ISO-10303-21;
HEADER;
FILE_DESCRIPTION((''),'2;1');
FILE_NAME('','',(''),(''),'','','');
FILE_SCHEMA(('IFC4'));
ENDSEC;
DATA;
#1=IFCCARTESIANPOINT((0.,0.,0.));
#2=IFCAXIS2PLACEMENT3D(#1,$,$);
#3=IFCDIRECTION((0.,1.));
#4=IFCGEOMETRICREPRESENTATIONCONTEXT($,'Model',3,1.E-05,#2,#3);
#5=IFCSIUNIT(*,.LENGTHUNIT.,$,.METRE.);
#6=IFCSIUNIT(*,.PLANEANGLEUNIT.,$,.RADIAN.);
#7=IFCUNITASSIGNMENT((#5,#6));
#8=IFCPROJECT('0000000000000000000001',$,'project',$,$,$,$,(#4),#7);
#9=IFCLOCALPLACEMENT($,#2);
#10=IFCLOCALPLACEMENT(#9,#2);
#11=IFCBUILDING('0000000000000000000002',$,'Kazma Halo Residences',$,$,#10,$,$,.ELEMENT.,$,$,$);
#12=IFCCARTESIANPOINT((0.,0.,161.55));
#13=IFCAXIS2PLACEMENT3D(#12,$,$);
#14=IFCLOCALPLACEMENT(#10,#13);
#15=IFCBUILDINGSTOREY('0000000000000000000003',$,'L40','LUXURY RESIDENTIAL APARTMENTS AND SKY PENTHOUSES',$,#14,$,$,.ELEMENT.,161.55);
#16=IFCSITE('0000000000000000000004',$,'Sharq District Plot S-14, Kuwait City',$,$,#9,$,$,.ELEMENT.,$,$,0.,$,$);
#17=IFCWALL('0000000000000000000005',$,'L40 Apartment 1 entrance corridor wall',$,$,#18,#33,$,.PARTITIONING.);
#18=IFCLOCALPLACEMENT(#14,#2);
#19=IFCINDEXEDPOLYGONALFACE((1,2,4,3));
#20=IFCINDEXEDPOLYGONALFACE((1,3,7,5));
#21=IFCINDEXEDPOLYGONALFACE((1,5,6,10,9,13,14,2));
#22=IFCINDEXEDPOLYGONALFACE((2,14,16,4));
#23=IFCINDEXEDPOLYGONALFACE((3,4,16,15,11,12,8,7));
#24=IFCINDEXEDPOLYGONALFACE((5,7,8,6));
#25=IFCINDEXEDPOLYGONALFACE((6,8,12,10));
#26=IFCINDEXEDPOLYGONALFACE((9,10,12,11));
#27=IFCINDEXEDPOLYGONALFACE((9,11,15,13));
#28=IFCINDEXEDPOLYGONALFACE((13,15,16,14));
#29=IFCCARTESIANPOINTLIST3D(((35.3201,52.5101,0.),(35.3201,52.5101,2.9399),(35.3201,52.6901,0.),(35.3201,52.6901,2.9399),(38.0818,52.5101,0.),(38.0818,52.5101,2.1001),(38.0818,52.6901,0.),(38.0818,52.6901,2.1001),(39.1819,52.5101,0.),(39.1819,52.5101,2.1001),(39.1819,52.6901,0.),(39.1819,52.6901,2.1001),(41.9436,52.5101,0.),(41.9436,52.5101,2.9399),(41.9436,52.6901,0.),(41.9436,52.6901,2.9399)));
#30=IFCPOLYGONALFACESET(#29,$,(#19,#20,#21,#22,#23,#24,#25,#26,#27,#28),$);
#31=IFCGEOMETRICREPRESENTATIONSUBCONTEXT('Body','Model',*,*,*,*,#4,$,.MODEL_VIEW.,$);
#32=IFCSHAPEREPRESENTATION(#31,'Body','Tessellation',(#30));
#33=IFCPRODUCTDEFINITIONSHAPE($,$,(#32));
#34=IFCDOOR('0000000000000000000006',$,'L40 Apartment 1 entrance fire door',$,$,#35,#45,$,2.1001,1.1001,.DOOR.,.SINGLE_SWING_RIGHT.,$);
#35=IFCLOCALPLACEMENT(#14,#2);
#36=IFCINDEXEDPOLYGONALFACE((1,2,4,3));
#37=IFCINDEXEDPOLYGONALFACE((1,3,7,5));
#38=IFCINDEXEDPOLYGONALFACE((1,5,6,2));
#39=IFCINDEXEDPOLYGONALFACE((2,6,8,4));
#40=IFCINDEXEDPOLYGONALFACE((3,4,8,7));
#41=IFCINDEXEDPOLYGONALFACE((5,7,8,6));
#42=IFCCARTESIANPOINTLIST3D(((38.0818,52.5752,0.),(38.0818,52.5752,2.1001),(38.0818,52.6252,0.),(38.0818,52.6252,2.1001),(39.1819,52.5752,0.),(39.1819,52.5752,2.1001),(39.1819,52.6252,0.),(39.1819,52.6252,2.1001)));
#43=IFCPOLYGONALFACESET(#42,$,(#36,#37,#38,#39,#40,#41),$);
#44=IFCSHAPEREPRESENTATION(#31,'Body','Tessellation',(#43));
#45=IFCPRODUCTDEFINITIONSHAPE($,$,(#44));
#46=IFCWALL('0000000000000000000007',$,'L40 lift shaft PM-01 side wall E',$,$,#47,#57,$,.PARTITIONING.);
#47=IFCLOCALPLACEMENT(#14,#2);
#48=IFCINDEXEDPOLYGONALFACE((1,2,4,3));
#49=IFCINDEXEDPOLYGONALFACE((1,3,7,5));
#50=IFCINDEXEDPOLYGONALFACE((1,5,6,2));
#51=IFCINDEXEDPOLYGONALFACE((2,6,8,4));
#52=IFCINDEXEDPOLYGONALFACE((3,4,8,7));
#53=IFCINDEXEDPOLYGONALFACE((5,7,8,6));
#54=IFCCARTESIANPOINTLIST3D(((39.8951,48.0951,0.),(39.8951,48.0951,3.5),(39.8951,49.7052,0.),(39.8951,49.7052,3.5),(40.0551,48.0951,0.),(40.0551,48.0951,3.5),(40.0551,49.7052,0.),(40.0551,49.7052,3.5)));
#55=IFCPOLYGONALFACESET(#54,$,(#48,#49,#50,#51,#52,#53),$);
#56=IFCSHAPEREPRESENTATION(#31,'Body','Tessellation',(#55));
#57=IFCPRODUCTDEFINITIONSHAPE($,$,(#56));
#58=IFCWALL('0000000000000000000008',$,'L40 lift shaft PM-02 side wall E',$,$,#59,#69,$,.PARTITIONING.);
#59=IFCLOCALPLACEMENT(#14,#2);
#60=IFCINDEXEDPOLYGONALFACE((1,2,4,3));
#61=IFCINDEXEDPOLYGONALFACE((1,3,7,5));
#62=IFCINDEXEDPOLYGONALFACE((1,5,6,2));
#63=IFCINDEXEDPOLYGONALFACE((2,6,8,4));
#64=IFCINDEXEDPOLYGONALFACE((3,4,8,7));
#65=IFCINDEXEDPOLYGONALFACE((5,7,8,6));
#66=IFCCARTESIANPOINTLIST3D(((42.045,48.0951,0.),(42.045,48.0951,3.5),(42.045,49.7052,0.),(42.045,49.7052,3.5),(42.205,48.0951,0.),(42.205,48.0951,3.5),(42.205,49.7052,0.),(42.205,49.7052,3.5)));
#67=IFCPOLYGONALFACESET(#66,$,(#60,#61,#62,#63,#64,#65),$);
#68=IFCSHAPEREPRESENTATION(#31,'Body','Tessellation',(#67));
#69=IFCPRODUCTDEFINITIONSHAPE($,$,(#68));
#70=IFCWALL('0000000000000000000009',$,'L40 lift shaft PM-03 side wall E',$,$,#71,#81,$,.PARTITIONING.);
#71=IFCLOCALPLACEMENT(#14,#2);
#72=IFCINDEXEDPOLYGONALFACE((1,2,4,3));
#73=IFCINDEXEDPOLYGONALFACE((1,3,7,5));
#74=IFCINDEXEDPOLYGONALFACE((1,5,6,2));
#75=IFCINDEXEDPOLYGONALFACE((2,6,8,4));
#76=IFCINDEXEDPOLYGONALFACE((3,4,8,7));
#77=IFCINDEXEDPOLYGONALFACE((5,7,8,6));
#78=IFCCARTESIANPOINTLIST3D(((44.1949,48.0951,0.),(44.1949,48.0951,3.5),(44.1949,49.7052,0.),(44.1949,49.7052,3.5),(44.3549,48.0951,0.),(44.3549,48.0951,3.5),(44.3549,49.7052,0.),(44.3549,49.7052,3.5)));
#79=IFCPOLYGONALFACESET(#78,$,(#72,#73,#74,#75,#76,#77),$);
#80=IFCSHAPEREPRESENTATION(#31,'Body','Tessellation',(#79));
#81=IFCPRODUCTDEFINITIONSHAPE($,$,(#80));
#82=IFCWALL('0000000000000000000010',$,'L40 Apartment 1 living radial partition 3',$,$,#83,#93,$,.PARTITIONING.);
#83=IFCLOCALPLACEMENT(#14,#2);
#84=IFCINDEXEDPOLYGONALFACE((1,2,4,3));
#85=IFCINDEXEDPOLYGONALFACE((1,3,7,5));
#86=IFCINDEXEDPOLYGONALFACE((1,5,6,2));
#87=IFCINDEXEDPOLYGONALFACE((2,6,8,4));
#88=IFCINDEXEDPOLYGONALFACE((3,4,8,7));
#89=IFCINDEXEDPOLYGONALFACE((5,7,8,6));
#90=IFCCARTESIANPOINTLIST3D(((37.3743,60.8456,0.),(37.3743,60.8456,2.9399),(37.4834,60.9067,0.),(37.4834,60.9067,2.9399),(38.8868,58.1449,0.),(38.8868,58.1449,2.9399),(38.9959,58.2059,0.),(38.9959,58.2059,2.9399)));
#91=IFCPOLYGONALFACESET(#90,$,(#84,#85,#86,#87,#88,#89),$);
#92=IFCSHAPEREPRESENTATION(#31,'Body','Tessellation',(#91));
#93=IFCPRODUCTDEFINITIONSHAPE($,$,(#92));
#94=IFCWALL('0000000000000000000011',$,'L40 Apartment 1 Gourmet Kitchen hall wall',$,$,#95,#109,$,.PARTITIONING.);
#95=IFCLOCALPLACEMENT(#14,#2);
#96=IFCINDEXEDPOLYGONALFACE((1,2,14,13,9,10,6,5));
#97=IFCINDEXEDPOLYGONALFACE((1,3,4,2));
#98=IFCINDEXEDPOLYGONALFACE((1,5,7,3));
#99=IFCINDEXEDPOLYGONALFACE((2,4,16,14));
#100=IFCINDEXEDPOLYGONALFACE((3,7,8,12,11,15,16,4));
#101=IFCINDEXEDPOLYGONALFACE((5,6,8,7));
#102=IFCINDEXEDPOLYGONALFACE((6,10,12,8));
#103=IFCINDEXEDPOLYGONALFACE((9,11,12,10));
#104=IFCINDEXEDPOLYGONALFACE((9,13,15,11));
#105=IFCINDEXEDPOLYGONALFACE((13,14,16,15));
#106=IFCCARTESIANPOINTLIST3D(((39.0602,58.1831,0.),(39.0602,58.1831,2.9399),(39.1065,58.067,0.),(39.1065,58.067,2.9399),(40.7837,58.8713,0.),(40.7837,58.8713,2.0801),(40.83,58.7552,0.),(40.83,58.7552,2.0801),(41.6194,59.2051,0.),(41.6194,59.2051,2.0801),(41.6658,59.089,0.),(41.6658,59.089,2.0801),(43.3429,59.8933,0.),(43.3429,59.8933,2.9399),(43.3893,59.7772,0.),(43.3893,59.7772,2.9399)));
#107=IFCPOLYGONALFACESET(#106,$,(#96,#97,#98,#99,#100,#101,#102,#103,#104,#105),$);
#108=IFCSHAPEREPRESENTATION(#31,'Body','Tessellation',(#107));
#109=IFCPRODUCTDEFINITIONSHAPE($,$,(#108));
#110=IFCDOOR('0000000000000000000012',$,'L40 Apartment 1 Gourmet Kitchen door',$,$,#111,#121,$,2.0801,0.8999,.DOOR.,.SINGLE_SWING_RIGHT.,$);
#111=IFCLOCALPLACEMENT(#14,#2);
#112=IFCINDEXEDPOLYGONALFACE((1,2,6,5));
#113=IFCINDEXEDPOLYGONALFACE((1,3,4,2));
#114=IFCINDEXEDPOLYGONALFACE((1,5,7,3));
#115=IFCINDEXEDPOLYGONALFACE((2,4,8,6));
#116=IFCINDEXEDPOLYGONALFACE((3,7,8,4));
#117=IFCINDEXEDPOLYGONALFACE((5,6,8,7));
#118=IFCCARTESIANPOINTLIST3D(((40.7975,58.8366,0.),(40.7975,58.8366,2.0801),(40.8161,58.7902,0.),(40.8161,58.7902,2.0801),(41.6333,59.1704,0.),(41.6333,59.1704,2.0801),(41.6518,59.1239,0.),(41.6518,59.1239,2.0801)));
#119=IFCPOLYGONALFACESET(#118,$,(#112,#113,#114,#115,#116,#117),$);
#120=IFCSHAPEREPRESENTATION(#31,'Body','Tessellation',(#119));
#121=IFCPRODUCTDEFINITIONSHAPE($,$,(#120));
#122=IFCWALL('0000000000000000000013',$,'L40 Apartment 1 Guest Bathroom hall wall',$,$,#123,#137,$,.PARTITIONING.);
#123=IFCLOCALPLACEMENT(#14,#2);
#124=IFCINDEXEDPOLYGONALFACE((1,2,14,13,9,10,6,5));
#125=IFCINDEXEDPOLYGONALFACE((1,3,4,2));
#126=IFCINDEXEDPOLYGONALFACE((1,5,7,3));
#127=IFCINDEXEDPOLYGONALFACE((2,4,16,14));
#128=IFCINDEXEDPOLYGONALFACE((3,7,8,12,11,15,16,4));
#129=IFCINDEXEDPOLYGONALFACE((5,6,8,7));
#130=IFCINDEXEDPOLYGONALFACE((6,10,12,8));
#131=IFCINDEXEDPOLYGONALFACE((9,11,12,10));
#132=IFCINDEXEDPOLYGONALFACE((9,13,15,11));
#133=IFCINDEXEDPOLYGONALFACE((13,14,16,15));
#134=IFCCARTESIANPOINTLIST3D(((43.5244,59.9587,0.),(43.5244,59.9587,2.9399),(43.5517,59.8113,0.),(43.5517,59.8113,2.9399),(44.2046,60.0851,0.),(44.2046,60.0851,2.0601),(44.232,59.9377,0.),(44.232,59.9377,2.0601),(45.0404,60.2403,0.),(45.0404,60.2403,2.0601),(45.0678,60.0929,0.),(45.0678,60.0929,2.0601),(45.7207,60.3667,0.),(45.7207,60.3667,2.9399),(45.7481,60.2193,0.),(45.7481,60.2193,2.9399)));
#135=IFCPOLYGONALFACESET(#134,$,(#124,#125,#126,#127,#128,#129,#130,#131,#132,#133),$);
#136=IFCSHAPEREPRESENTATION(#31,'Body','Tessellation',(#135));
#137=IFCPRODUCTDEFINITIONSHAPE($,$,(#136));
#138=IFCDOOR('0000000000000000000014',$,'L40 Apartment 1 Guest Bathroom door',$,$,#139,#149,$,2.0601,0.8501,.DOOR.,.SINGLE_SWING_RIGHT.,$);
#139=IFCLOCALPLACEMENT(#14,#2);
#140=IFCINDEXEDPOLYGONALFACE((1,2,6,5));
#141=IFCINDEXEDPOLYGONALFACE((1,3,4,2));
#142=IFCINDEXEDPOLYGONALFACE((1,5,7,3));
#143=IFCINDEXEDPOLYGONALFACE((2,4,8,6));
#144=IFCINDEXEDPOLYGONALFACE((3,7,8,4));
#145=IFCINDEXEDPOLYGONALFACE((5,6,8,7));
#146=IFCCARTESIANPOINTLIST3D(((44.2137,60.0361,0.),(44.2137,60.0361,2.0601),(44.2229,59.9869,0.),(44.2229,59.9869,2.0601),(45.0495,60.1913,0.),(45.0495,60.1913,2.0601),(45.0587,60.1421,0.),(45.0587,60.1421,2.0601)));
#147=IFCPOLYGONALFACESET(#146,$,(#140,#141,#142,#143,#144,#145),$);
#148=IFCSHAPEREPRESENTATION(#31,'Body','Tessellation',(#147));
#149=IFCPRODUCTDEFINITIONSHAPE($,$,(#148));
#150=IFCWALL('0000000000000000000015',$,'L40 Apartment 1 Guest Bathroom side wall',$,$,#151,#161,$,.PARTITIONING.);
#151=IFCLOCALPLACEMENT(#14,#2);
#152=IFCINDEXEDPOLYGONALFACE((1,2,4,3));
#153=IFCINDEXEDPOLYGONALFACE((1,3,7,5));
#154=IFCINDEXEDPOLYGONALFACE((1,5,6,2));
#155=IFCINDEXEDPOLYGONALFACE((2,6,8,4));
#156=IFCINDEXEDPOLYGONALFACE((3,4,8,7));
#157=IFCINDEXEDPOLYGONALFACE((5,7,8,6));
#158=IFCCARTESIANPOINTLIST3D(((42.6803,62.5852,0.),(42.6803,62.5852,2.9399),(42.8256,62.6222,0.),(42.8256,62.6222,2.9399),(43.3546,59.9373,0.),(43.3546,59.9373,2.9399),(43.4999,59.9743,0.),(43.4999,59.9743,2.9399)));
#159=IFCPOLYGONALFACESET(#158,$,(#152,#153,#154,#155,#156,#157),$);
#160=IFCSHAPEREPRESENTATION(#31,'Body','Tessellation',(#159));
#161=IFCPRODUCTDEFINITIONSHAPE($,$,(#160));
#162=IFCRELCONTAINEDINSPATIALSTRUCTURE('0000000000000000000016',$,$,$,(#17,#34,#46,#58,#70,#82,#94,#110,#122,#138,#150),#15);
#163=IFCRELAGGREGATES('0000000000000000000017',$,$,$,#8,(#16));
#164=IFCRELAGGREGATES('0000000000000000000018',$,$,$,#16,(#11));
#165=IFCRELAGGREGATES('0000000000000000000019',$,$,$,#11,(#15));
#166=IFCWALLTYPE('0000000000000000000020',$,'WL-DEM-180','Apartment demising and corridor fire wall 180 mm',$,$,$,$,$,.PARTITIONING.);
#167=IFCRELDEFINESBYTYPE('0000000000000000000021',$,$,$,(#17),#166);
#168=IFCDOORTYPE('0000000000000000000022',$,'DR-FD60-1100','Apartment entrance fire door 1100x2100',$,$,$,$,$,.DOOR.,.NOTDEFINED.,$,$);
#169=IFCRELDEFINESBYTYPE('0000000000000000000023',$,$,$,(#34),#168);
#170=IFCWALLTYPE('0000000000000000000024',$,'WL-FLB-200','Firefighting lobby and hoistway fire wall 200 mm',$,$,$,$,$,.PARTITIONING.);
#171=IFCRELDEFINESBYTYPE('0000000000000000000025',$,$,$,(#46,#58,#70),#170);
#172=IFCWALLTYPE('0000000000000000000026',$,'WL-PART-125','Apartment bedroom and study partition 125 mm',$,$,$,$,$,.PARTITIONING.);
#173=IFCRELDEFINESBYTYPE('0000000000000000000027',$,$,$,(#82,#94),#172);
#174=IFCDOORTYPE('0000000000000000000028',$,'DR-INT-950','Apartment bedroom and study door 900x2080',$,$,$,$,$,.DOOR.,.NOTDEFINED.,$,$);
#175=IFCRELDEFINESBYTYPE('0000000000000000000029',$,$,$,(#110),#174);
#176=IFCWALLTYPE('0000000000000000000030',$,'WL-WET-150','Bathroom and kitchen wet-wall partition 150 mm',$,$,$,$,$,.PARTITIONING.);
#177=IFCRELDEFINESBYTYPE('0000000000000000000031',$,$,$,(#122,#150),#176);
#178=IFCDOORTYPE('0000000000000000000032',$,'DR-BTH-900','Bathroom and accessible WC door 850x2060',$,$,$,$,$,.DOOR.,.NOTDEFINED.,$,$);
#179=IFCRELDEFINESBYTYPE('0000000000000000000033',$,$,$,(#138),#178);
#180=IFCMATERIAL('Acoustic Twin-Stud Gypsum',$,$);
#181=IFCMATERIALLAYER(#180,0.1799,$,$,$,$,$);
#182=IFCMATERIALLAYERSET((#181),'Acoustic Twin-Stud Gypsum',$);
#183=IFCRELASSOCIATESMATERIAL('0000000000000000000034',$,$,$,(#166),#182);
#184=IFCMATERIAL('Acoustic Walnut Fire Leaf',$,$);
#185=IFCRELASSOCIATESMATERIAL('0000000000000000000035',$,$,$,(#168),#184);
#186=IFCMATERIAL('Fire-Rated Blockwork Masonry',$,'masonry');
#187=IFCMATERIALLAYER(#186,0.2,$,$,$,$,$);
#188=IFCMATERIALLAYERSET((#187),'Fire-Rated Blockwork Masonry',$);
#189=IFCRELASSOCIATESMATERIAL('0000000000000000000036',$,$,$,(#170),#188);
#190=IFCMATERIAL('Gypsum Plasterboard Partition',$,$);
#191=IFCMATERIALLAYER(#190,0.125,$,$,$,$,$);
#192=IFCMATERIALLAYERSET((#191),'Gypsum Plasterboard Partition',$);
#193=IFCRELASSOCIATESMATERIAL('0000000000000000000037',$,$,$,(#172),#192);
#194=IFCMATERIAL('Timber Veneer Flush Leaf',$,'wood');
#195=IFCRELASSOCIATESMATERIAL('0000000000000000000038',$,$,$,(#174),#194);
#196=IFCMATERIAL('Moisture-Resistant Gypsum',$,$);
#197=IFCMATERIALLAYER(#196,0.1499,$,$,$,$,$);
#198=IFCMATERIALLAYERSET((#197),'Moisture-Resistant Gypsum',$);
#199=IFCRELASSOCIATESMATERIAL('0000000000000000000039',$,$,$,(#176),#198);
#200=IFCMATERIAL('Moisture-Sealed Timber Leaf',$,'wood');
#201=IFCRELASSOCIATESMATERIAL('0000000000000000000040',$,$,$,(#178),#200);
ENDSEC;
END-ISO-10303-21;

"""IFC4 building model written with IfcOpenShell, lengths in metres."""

from ifc_helpers import new_model, si_unit, direction, frame, frame_2d, origin, place, context, subcontext, project, spatial, rectangle, extrude, material, layer, layer_set, type_object, element, fill, save


model = new_model("IFC4")

# Units and contexts
model_context = context("Model", 3, precision=1e-05, world=origin(), true_north=direction((0.0, 1.0)))
body_context = subcontext(model_context, "Body", "Model", "MODEL_VIEW")
ifc_project = project(units=[si_unit("LENGTHUNIT", "METRE"), si_unit("PLANEANGLEUNIT", "RADIAN")], contexts=[model_context])

# Site, building, storey
site_placement = place(None, origin())
site = spatial("IfcSite", under=ifc_project, at=site_placement, Name="Sharq District Plot S-14, Kuwait City", CompositionType="ELEMENT", RefElevation=0.0)
building_placement = place(site_placement, origin())
building = spatial("IfcBuilding", under=site, at=building_placement, Name="Kazma Halo Residences", CompositionType="ELEMENT")
storey_placement = place(building_placement, frame((0.0, 0.0, 161.55)))
storey = spatial("IfcBuildingStorey", under=building, at=storey_placement, Name="L40", Description="LUXURY RESIDENTIAL APARTMENTS AND SKY PENTHOUSES", CompositionType="ELEMENT", Elevation=161.55)

# Wall, opening, door
ifc_material_1 = material(Name="Acoustic Twin-Stud Gypsum")
ifc_layer_1 = layer(ifc_material_1, 0.1799)
ifc_layer_set_1 = layer_set([ifc_layer_1], Name="Acoustic Twin-Stud Gypsum")
wall_type_1 = type_object("IfcWallType", Name="WL-DEM-180", Description="Apartment demising and corridor fire wall 180 mm", PredefinedType="PARTITIONING", material=ifc_layer_set_1)
wall_1_placement = place(storey_placement, frame((41.9436, 52.6001, 0.0), z_axis=(0.0, 0.0, 1.0), x_axis=(-1.0, 0.0, 0.0)))
wall_1 = element("IfcWall", 1, at=wall_1_placement, inside=storey, type_object=wall_type_1, Name="L40 Apartment 1 entrance corridor wall", PredefinedType="PARTITIONING", context=body_context, shape_type="SweptSolid", body=[
    extrude(rectangle(XDim=6.6235, YDim=0.1799, at=frame_2d((3.3118, 0.0))), origin(), (0.0, 0.0, 1.0), 2.9399),
])
opening_1_placement = place(wall_1_placement, frame((2.7617, 0.0, 0.0)))
opening_1 = element("IfcOpeningElement", 2, at=opening_1_placement, cuts=wall_1, PredefinedType="OPENING", context=body_context, shape_type="SweptSolid", body=[
    extrude(rectangle(XDim=1.1001, YDim=2.1001, at=frame_2d((0.55, 1.05))), frame((0.0, 0.0999, 0.0), z_axis=(0.0, -1.0, 0.0), x_axis=(1.0, 0.0, 0.0)), (0.0, 0.0, 1.0), 0.2),
])
ifc_material_2 = material(Name="Acoustic Walnut Fire Leaf")
door_type_1 = type_object("IfcDoorType", Name="DR-FD60-1100", Description="Apartment entrance fire door 1100x2100", OperationType="NOTDEFINED", PredefinedType="DOOR", material=ifc_material_2)
door_1_placement = place(opening_1_placement, origin())
door_1 = element("IfcDoor", 3, at=door_1_placement, inside=storey, type_object=door_type_1, Name="L40 Apartment 1 entrance fire door", OperationType="SINGLE_SWING_RIGHT", OverallHeight=2.1001, OverallWidth=1.1001, PredefinedType="DOOR", context=body_context, shape_type="SweptSolid", body=[
    extrude(rectangle(XDim=1.1001, YDim=2.1001, at=frame_2d((0.55, 1.05))), frame((0.0, 0.0249, 0.0), z_axis=(0.0, -1.0, 0.0), x_axis=(1.0, 0.0, 0.0)), (0.0, 0.0, 1.0), 0.05),
])
fill(opening_1, door_1)

# Walls
ifc_material_3 = material(Name="Fire-Rated Blockwork Masonry", Category="masonry")
ifc_layer_2 = layer(ifc_material_3, 0.2)
ifc_layer_set_2 = layer_set([ifc_layer_2], Name="Fire-Rated Blockwork Masonry")
wall_type_2 = type_object("IfcWallType", Name="WL-FLB-200", Description="Firefighting lobby and hoistway fire wall 200 mm", PredefinedType="PARTITIONING", material=ifc_layer_set_2)
for number, where, z_axis, x_axis, name in (
    (4, (39.9751, 48.095, 0.0), (0.0, 0.0, 1.0), (0.0, 1.0, 0.0), "L40 lift shaft PM-01 side wall E"),
    (5, (42.125, 48.095, 0.0), (0.0, 0.0, 1.0), (0.0, 1.0, 0.0), "L40 lift shaft PM-02 side wall E"),
    (6, (44.2749, 48.095, 0.0), (0.0, 0.0, 1.0), (0.0, 1.0, 0.0), "L40 lift shaft PM-03 side wall E"),
):
    element("IfcWall", number, at=place(storey_placement, frame(where, z_axis=z_axis, x_axis=x_axis)), inside=storey, type_object=wall_type_2, Name=name, PredefinedType="PARTITIONING", context=body_context, shape_type="SweptSolid", body=[
        extrude(rectangle(XDim=1.6101, YDim=0.1599, at=frame_2d((0.8052, 0.0))), origin(), (0.0, 0.0, 1.0), 3.5),
    ])
ifc_material_4 = material(Name="Gypsum Plasterboard Partition")
ifc_layer_3 = layer(ifc_material_4, 0.125)
ifc_layer_set_3 = layer_set([ifc_layer_3], Name="Gypsum Plasterboard Partition")
wall_type_3 = type_object("IfcWallType", Name="WL-PART-125", Description="Apartment bedroom and study partition 125 mm", PredefinedType="PARTITIONING", material=ifc_layer_set_3)
wall_2_placement = place(storey_placement, frame((38.9414, 58.1753, 0.0), z_axis=(0.0, 0.0, 1.0), x_axis=(-0.48862, 0.872497, 0.0)))
element("IfcWall", 7, at=wall_2_placement, inside=storey, type_object=wall_type_3, Name="L40 Apartment 1 living radial partition 3", PredefinedType="PARTITIONING", context=body_context, shape_type="SweptSolid", body=[
    extrude(rectangle(XDim=3.0955, YDim=0.125, at=frame_2d((1.5479, 0.0))), origin(), (0.0, 0.0, 1.0), 2.9399),
])

# Walls, openings, doors
wall_3_placement = place(storey_placement, frame((43.366, 59.8352, 0.0), z_axis=(0.0, 0.0, 1.0), x_axis=(-0.928692, -0.370852, 0.0)))
wall_3 = element("IfcWall", 8, at=wall_3_placement, inside=storey, type_object=wall_type_3, Name="L40 Apartment 1 Gourmet Kitchen hall wall", PredefinedType="PARTITIONING", context=body_context, shape_type="SweptSolid", body=[
    extrude(rectangle(XDim=4.6116, YDim=0.125, at=frame_2d((2.3057, 0.0))), origin(), (0.0, 0.0, 1.0), 2.9399),
])
opening_2_placement = place(wall_3_placement, frame((1.8557, 0.0, 0.0)))
opening_2 = element("IfcOpeningElement", 9, at=opening_2_placement, cuts=wall_3, PredefinedType="OPENING", context=body_context, shape_type="SweptSolid", body=[
    extrude(rectangle(XDim=0.8999, YDim=2.0801, at=frame_2d((0.45, 1.04))), frame((0.0, 0.0725, 0.0), z_axis=(0.0, -1.0, 0.0), x_axis=(1.0, 0.0, 0.0)), (0.0, 0.0, 1.0), 0.145),
])
ifc_material_5 = material(Name="Timber Veneer Flush Leaf", Category="wood")
door_type_2 = type_object("IfcDoorType", Name="DR-INT-950", Description="Apartment bedroom and study door 900x2080", OperationType="NOTDEFINED", PredefinedType="DOOR", material=ifc_material_5)
door_2_placement = place(opening_2_placement, origin())
door_2 = element("IfcDoor", 10, at=door_2_placement, inside=storey, type_object=door_type_2, Name="L40 Apartment 1 Gourmet Kitchen door", OperationType="SINGLE_SWING_RIGHT", OverallHeight=2.0801, OverallWidth=0.8999, PredefinedType="DOOR", context=body_context, shape_type="SweptSolid", body=[
    extrude(rectangle(XDim=0.8999, YDim=2.0801, at=frame_2d((0.45, 1.04))), frame((0.0, 0.0249, 0.0), z_axis=(0.0, -1.0, 0.0), x_axis=(1.0, 0.0, 0.0)), (0.0, 0.0, 1.0), 0.05),
])
fill(opening_2, door_2)
ifc_material_6 = material(Name="Moisture-Resistant Gypsum")
ifc_layer_4 = layer(ifc_material_6, 0.1499)
ifc_layer_set_4 = layer_set([ifc_layer_4], Name="Moisture-Resistant Gypsum")
wall_type_4 = type_object("IfcWallType", Name="WL-WET-150", Description="Bathroom and kitchen wet-wall partition 150 mm", PredefinedType="PARTITIONING", material=ifc_layer_set_4)
wall_4_placement = place(storey_placement, frame((45.7344, 60.293, 0.0), z_axis=(0.0, 0.0, 1.0), x_axis=(-0.983183, -0.182625, 0.0)))
wall_4 = element("IfcWall", 11, at=wall_4_placement, inside=storey, type_object=wall_type_4, Name="L40 Apartment 1 Guest Bathroom hall wall", PredefinedType="PARTITIONING", context=body_context, shape_type="SweptSolid", body=[
    extrude(rectangle(XDim=2.2339, YDim=0.1499, at=frame_2d((1.1169, 0.0))), origin(), (0.0, 0.0, 1.0), 2.9399),
])
opening_3_placement = place(wall_4_placement, frame((0.6919, 0.0, 0.0)))
opening_3 = element("IfcOpeningElement", 12, at=opening_3_placement, cuts=wall_4, PredefinedType="OPENING", context=body_context, shape_type="SweptSolid", body=[
    extrude(rectangle(XDim=0.8501, YDim=2.0601, at=frame_2d((0.425, 1.03))), frame((0.0, 0.085, 0.0), z_axis=(0.0, -1.0, 0.0), x_axis=(1.0, 0.0, 0.0)), (0.0, 0.0, 1.0), 0.1699),
])
ifc_material_7 = material(Name="Moisture-Sealed Timber Leaf", Category="wood")
door_type_3 = type_object("IfcDoorType", Name="DR-BTH-900", Description="Bathroom and accessible WC door 850x2060", OperationType="NOTDEFINED", PredefinedType="DOOR", material=ifc_material_7)
door_3_placement = place(opening_3_placement, origin())
door_3 = element("IfcDoor", 13, at=door_3_placement, inside=storey, type_object=door_type_3, Name="L40 Apartment 1 Guest Bathroom door", OperationType="SINGLE_SWING_RIGHT", OverallHeight=2.0601, OverallWidth=0.8501, PredefinedType="DOOR", context=body_context, shape_type="SweptSolid", body=[
    extrude(rectangle(XDim=0.8501, YDim=2.0601, at=frame_2d((0.425, 1.03))), frame((0.0, 0.0249, 0.0), z_axis=(0.0, -1.0, 0.0), x_axis=(1.0, 0.0, 0.0)), (0.0, 0.0, 1.0), 0.05),
])
fill(opening_3, door_3)

# Wall
wall_5_placement = place(storey_placement, frame((43.4272, 59.9558, 0.0), z_axis=(0.0, 0.0, 1.0), x_axis=(-0.24678, 0.969072, 0.0)))
element("IfcWall", 14, at=wall_5_placement, inside=storey, type_object=wall_type_4, Name="L40 Apartment 1 Guest Bathroom side wall", PredefinedType="PARTITIONING", context=body_context, shape_type="SweptSolid", body=[
    extrude(rectangle(XDim=2.7324, YDim=0.1499, at=frame_2d((1.3662, 0.0))), origin(), (0.0, 0.0, 1.0), 2.9399),
])

save(model, "model.ifc")
